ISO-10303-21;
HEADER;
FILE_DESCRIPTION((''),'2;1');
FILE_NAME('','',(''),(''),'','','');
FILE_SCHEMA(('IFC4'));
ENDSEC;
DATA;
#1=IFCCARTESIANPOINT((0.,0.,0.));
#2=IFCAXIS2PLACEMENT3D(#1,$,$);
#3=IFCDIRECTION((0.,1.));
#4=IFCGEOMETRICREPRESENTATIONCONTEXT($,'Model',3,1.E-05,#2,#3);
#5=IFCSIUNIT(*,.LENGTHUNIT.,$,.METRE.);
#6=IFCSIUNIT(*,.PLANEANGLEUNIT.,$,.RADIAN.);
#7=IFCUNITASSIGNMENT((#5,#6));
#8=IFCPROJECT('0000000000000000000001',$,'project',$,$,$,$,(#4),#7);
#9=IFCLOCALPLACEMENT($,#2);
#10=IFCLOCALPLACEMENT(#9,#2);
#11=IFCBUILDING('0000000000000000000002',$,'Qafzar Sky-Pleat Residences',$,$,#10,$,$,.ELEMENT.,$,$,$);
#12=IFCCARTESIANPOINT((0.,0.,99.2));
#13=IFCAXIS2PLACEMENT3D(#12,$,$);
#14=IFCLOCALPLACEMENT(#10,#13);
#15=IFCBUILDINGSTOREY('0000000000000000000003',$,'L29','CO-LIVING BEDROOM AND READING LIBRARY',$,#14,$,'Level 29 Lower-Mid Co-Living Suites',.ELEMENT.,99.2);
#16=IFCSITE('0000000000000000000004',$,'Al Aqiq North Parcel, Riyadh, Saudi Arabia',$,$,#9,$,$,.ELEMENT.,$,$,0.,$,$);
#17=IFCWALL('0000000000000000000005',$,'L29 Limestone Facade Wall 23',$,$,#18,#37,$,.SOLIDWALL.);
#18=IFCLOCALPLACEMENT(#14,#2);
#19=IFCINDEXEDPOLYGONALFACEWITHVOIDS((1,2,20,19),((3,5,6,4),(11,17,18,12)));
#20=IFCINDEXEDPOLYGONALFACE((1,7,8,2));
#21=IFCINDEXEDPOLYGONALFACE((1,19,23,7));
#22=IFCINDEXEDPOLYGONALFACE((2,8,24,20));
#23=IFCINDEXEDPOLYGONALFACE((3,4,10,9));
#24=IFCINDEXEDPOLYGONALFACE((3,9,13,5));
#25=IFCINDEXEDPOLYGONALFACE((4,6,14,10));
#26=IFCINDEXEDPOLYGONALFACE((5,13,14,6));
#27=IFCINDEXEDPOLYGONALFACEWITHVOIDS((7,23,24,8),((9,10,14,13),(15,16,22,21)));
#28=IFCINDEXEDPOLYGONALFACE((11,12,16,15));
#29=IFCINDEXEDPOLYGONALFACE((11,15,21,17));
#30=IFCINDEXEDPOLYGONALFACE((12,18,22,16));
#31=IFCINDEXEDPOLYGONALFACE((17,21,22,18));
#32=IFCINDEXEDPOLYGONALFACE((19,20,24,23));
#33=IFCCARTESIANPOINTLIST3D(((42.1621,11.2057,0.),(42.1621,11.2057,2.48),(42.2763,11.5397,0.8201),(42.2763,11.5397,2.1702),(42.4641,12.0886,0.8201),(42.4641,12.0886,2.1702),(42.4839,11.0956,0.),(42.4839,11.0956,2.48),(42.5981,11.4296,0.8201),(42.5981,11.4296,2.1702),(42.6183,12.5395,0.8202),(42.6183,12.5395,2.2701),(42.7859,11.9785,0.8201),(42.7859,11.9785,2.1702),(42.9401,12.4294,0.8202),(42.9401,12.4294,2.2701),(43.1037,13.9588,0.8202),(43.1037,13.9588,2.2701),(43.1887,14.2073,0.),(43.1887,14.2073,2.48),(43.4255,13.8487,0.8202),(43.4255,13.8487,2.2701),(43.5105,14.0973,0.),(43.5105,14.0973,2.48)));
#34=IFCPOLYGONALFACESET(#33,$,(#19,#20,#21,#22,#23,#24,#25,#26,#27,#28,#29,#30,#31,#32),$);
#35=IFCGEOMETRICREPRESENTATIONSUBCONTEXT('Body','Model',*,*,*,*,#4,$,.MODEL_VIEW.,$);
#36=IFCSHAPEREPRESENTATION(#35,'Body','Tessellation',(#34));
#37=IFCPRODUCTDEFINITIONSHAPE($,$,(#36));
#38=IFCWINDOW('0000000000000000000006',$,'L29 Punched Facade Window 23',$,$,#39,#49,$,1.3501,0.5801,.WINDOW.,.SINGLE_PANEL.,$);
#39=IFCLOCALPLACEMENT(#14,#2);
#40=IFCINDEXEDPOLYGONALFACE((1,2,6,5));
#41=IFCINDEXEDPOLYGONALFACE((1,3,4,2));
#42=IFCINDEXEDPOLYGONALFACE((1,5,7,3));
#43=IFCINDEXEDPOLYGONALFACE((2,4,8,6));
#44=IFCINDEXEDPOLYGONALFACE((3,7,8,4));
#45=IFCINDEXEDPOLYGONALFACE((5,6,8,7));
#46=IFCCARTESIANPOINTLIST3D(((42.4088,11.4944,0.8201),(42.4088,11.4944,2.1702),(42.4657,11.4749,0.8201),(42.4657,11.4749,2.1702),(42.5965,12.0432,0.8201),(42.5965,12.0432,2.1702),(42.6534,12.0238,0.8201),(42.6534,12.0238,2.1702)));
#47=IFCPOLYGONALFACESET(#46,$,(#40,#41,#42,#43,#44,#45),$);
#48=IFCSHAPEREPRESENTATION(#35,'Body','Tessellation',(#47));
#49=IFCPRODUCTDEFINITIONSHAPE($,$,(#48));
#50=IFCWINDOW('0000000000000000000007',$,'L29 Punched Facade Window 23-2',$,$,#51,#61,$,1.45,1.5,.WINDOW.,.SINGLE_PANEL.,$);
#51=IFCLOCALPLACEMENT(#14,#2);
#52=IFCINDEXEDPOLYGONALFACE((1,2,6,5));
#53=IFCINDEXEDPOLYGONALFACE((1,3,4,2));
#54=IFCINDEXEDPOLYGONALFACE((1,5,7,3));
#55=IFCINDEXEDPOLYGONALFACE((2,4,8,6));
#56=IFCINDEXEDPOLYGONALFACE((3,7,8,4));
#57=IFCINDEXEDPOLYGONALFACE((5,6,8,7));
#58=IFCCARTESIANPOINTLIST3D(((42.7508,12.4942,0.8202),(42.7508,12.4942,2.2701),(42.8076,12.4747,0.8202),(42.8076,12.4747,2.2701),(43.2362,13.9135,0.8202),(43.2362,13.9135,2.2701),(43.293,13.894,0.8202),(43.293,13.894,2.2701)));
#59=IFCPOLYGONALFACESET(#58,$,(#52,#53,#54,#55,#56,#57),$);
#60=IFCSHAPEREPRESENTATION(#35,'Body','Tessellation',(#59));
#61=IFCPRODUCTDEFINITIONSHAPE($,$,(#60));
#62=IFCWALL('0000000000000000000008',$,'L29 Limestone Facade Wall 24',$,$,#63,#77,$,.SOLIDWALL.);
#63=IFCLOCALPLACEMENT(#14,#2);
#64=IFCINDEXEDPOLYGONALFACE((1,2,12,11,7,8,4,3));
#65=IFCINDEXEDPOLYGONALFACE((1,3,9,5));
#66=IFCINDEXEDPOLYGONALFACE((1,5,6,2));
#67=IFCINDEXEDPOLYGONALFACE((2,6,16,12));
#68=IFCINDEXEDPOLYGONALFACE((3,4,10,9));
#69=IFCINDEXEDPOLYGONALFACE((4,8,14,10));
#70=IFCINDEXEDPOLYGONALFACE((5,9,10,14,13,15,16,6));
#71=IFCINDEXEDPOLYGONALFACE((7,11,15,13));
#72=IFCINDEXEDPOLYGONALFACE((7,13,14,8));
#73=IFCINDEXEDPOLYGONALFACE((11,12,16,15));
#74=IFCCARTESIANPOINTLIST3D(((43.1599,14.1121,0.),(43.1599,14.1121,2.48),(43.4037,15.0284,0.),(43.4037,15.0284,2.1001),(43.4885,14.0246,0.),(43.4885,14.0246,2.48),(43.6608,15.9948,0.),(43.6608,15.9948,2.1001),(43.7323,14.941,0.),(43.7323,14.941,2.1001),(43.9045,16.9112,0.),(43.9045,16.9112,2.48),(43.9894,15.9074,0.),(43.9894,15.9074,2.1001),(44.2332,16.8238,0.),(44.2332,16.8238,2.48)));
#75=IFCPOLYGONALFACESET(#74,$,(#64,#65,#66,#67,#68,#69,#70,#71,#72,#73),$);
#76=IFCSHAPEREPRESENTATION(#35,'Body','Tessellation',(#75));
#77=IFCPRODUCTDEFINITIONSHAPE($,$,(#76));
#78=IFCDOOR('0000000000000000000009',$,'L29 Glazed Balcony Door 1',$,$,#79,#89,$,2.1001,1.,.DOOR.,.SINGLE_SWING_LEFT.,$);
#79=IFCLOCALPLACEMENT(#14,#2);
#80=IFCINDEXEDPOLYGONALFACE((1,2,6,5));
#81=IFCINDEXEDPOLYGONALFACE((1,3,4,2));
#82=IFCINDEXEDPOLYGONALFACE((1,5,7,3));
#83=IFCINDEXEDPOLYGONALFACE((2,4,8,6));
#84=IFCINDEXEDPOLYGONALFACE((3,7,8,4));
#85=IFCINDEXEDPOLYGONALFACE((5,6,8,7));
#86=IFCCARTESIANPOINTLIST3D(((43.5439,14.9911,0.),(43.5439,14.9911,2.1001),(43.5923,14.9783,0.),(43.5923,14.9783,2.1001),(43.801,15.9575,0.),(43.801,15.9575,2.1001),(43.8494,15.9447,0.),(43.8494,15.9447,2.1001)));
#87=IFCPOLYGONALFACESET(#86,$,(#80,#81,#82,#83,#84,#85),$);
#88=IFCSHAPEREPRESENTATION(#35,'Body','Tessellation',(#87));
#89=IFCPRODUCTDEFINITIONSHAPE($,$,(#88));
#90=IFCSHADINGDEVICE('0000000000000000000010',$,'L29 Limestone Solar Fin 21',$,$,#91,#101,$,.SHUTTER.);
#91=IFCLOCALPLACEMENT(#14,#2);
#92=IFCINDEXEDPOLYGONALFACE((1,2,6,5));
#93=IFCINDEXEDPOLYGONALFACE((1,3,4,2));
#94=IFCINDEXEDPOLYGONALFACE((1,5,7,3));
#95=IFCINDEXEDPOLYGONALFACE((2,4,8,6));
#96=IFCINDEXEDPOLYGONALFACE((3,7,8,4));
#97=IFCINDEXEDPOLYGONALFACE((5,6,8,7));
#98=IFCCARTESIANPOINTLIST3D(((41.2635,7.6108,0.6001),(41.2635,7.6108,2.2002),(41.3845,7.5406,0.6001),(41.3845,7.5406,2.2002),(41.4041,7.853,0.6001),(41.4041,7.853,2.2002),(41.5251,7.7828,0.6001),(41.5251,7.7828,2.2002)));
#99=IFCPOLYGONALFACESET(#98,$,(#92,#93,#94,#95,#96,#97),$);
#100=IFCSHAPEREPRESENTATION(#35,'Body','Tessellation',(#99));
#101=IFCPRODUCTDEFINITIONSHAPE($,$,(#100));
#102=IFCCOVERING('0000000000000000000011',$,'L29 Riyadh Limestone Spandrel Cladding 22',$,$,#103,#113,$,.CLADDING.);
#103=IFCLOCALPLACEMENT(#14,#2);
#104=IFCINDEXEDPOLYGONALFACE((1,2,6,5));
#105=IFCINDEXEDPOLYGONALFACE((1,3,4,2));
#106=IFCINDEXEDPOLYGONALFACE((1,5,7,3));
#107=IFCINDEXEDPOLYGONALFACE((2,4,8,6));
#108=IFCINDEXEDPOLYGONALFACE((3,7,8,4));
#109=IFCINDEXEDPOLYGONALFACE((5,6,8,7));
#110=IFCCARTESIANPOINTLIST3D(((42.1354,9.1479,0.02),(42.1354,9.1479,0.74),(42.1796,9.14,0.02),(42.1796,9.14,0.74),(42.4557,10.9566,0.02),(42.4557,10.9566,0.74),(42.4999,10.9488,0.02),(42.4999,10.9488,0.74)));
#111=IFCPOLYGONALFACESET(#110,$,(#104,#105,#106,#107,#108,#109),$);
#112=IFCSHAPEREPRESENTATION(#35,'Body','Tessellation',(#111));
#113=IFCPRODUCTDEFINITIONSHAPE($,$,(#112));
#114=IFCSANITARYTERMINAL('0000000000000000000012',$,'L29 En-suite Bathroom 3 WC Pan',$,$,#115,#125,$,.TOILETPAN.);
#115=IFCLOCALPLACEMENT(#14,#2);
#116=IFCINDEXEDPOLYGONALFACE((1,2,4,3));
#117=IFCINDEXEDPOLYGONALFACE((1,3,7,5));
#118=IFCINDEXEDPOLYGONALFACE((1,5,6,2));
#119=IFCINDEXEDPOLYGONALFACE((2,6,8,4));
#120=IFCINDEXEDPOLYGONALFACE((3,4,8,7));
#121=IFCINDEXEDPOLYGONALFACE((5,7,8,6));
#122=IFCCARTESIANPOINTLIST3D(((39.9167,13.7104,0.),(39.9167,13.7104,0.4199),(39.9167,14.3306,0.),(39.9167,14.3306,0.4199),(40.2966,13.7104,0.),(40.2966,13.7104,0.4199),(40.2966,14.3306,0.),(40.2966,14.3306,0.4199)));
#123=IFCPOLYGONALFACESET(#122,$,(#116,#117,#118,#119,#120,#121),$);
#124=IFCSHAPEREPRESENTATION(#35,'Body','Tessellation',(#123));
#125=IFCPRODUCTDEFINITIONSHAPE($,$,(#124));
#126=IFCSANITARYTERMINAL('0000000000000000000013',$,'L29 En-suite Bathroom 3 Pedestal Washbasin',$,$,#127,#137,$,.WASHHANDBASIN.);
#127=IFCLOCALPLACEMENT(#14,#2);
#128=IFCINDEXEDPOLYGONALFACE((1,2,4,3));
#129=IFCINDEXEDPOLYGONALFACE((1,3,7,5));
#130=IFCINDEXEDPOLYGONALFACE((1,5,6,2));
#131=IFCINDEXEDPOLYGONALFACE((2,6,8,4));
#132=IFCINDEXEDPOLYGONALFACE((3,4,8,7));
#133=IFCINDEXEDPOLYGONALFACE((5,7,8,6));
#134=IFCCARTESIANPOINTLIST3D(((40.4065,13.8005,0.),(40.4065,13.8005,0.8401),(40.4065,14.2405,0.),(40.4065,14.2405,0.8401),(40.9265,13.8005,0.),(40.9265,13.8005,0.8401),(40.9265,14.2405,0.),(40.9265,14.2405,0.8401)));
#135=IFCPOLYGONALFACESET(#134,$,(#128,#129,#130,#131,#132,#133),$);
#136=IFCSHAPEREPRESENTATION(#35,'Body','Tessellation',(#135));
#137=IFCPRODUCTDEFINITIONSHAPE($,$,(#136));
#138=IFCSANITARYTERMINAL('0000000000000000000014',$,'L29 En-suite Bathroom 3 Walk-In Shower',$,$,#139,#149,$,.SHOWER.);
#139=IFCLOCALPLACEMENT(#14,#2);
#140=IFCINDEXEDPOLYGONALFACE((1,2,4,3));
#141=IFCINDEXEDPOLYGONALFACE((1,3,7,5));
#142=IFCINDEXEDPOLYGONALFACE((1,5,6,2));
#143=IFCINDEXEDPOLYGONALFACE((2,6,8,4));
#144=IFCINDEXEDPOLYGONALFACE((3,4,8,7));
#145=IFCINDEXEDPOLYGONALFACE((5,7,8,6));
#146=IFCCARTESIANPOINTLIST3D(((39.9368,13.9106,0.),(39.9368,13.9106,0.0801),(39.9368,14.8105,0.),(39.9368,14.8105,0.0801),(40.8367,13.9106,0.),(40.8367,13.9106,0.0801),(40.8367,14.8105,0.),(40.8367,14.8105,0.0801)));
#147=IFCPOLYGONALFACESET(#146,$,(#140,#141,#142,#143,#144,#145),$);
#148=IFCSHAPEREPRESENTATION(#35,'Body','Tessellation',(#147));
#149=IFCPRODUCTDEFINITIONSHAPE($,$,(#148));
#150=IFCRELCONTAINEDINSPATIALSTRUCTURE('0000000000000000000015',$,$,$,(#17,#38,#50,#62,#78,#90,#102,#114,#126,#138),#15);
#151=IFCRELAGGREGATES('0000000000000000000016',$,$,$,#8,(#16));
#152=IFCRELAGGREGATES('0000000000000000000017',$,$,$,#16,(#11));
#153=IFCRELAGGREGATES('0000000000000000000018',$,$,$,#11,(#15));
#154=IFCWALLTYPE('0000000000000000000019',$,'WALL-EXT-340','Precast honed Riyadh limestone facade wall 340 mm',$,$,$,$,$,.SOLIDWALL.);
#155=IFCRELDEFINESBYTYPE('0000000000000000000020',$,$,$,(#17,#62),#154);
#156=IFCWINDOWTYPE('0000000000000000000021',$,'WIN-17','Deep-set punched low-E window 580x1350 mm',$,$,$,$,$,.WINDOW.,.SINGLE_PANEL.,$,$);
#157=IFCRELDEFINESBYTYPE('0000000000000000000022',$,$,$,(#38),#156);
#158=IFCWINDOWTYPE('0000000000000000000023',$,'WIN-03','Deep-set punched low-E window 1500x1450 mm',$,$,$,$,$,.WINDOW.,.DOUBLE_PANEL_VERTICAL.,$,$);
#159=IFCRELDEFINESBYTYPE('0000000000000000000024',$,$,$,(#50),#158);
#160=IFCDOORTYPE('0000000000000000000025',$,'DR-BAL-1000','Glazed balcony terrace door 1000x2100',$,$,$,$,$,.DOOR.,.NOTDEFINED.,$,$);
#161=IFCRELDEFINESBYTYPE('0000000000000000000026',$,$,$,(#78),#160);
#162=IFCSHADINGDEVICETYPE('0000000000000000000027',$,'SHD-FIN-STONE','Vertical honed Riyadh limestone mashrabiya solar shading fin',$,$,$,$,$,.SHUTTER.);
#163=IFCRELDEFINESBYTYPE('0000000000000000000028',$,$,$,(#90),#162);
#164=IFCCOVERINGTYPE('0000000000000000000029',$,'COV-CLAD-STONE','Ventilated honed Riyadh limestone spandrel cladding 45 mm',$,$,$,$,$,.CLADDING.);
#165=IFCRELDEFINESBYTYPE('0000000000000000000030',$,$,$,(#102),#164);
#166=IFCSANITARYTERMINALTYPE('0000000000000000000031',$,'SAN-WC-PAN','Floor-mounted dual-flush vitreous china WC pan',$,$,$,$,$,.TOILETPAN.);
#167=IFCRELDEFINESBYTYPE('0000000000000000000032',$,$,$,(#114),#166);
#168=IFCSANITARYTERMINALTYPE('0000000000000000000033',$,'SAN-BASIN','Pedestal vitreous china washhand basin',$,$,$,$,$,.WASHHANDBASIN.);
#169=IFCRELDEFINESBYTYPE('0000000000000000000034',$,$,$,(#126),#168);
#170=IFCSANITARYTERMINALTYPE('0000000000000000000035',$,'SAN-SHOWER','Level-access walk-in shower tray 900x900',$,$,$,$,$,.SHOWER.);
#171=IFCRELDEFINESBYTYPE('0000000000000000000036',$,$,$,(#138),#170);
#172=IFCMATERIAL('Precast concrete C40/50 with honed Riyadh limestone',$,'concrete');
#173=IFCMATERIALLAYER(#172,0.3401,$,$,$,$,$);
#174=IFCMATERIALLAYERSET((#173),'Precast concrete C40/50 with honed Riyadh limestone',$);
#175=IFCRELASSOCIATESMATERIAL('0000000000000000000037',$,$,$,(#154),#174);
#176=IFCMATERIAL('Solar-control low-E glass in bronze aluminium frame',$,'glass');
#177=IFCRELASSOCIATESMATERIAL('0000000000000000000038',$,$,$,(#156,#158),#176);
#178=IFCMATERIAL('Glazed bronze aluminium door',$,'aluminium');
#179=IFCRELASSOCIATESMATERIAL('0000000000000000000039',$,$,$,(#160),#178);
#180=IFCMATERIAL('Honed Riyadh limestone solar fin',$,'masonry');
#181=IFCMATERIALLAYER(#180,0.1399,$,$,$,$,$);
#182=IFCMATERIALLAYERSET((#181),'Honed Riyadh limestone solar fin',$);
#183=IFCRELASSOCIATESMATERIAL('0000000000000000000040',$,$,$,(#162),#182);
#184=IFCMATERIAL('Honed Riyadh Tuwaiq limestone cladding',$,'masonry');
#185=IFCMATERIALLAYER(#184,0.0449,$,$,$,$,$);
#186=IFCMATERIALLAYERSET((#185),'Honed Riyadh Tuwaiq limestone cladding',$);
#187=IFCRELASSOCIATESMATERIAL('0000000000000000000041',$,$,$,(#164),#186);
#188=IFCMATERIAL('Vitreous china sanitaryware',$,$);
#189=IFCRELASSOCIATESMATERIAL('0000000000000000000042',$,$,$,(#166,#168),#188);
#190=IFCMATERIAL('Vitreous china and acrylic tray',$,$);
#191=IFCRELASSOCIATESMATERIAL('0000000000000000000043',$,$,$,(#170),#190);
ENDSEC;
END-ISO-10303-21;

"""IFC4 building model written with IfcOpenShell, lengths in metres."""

from ifc_helpers import new_model, si_unit, direction, frame, frame_2d, origin, origin_2d, place, context, subcontext, project, spatial, rectangle, extrude, source, transform, mapped, material, layer, layer_set, type_object, element, fill, save


model = new_model("IFC4")

# Units and contexts
model_context = context("Model", 3, precision=1e-05, world=origin(), true_north=direction((0.0, 1.0)))
body_context = subcontext(model_context, "Body", "Model", "MODEL_VIEW")
ifc_project = project(units=[si_unit("LENGTHUNIT", "METRE"), si_unit("PLANEANGLEUNIT", "RADIAN")], contexts=[model_context])

# Site, building, storey
site_placement = place(None, origin())
site = spatial("IfcSite", under=ifc_project, at=site_placement, Name="Al Aqiq North Parcel, Riyadh, Saudi Arabia", CompositionType="ELEMENT", RefElevation=0.0)
building_placement = place(site_placement, origin())
building = spatial("IfcBuilding", under=site, at=building_placement, Name="Qafzar Sky-Pleat Residences", CompositionType="ELEMENT")
storey_placement = place(building_placement, frame((0.0, 0.0, 99.2)))
storey = spatial("IfcBuildingStorey", under=building, at=storey_placement, Name="L29", Description="CO-LIVING BEDROOM AND READING LIBRARY", LongName="Level 29 Lower-Mid Co-Living Suites", CompositionType="ELEMENT", Elevation=99.2)

# Shared definitions
ifc_material_1 = material(Name="Precast concrete C40/50 with honed Riyadh limestone", Category="concrete")
ifc_layer_1 = layer(ifc_material_1, 0.3401)
ifc_layer_set_1 = layer_set([ifc_layer_1], Name="Precast concrete C40/50 with honed Riyadh limestone")
wall_type_1 = type_object("IfcWallType", Name="WALL-EXT-340", Description="Precast honed Riyadh limestone facade wall 340 mm", PredefinedType="SOLIDWALL", material=ifc_layer_set_1)
ifc_material_2 = material(Name="Solar-control low-E glass in bronze aluminium frame", Category="glass")

# Wall, openings, windows
wall_1_placement = place(storey_placement, frame((42.323, 11.1506, 0.0), z_axis=(0.0, 0.0, 1.0), x_axis=(0.323606, 0.946192, 0.0)))
wall_1 = element("IfcWall", 1, at=wall_1_placement, inside=storey, type_object=wall_type_1, Name="L29 Limestone Facade Wall 23", PredefinedType="SOLIDWALL", context=body_context, shape_type="SweptSolid", body=[
    extrude(rectangle(XDim=3.1724, YDim=0.3401, at=frame_2d((1.5862, 0.0))), origin(), (0.0, 0.0, 1.0), 2.48),
])
opening_1_placement = place(wall_1_placement, frame((0.353, 0.0, 0.8201)))
opening_1 = element("IfcOpeningElement", 2, at=opening_1_placement, cuts=wall_1, PredefinedType="OPENING", context=body_context, shape_type="SweptSolid", body=[
    extrude(rectangle(XDim=0.5801, YDim=1.3501, at=frame_2d((0.29, 0.675))), frame((0.0, 0.1802, 0.0), z_axis=(0.0, -1.0, 0.0), x_axis=(1.0, 0.0, 0.0)), (0.0, 0.0, 1.0), 0.3601),
])
opening_2_placement = place(wall_1_placement, frame((1.4097, 0.0, 0.8201)))
opening_2 = element("IfcOpeningElement", 3, at=opening_2_placement, cuts=wall_1, PredefinedType="OPENING", context=body_context, shape_type="SweptSolid", body=[
    extrude(rectangle(XDim=1.5, YDim=1.45, at=frame_2d((0.75, 0.7251))), frame((0.0, 0.1802, 0.0), z_axis=(0.0, -1.0, 0.0), x_axis=(1.0, 0.0, 0.0)), (0.0, 0.0, 1.0), 0.3601),
])
window_type_1 = type_object("IfcWindowType", Name="WIN-17", Description="Deep-set punched low-E window 580x1350 mm", PartitioningType="SINGLE_PANEL", PredefinedType="WINDOW", material=ifc_material_2)
shared_shape_1 = source(origin(), body_context, "Body", "SweptSolid", [
    extrude(rectangle(XDim=0.5801, YDim=1.3501, at=frame_2d((0.29, 0.675))), frame((0.0, 0.03, 0.0), z_axis=(0.0, -1.0, 0.0), x_axis=(1.0, 0.0, 0.0)), (0.0, 0.0, 1.0), 0.0601),
])
window_1_placement = place(opening_1_placement, origin())
window_1 = element("IfcWindow", 4, at=window_1_placement, inside=storey, type_object=window_type_1, Name="L29 Punched Facade Window 23", OverallHeight=1.3501, OverallWidth=0.5801, PartitioningType="SINGLE_PANEL", PredefinedType="WINDOW", context=body_context, shape_type="MappedRepresentation", body=[
    mapped(shared_shape_1, transform((0.0, 0.0, 0.0), x_axis=(1.0, 0.0, 0.0), y_axis=(0.0, 1.0, 0.0), z_axis=(0.0, 0.0, 1.0), scale=1.0)),
])
fill(opening_1, window_1)
window_type_2 = type_object("IfcWindowType", Name="WIN-03", Description="Deep-set punched low-E window 1500x1450 mm", PartitioningType="DOUBLE_PANEL_VERTICAL", PredefinedType="WINDOW", material=ifc_material_2)
shared_shape_2 = source(origin(), body_context, "Body", "SweptSolid", [
    extrude(rectangle(XDim=1.5, YDim=1.45, at=frame_2d((0.75, 0.7251))), frame((0.0, 0.03, 0.0), z_axis=(0.0, -1.0, 0.0), x_axis=(1.0, 0.0, 0.0)), (0.0, 0.0, 1.0), 0.0601),
])
window_2_placement = place(opening_2_placement, origin())
window_2 = element("IfcWindow", 5, at=window_2_placement, inside=storey, type_object=window_type_2, Name="L29 Punched Facade Window 23-2", OverallHeight=1.45, OverallWidth=1.5, PartitioningType="SINGLE_PANEL", PredefinedType="WINDOW", context=body_context, shape_type="MappedRepresentation", body=[
    mapped(shared_shape_2, transform((0.0, 0.0, 0.0), x_axis=(1.0, 0.0, 0.0), y_axis=(0.0, 1.0, 0.0), z_axis=(0.0, 0.0, 1.0), scale=1.0)),
])
fill(opening_2, window_2)

# Wall, opening, door
wall_2_placement = place(storey_placement, frame((43.3242, 14.0684, 0.0), z_axis=(0.0, 0.0, 1.0), x_axis=(0.257086, 0.966389, 0.0)))
wall_2 = element("IfcWall", 6, at=wall_2_placement, inside=storey, type_object=wall_type_1, Name="L29 Limestone Facade Wall 24", PredefinedType="SOLIDWALL", context=body_context, shape_type="SweptSolid", body=[
    extrude(rectangle(XDim=2.8965, YDim=0.3401, at=frame_2d((1.4482, 0.0))), origin(), (0.0, 0.0, 1.0), 2.48),
])
opening_3_placement = place(wall_2_placement, frame((0.9482, 0.0, 0.0)))
opening_3 = element("IfcOpeningElement", 7, at=opening_3_placement, cuts=wall_2, PredefinedType="OPENING", context=body_context, shape_type="SweptSolid", body=[
    extrude(rectangle(XDim=1.0, YDim=2.1001, at=frame_2d((0.5, 1.05))), frame((0.0, 0.1802, 0.0), z_axis=(0.0, -1.0, 0.0), x_axis=(1.0, 0.0, 0.0)), (0.0, 0.0, 1.0), 0.3601),
])
ifc_material_3 = material(Name="Glazed bronze aluminium door", Category="aluminium")
door_type_1 = type_object("IfcDoorType", Name="DR-BAL-1000", Description="Glazed balcony terrace door 1000x2100", OperationType="NOTDEFINED", PredefinedType="DOOR", material=ifc_material_3)
shared_shape_3 = source(origin(), body_context, "Body", "SweptSolid", [
    extrude(rectangle(XDim=1.0, YDim=2.1001, at=frame_2d((0.5, 1.05))), frame((0.0, 0.0249, 0.0), z_axis=(0.0, -1.0, 0.0), x_axis=(1.0, 0.0, 0.0)), (0.0, 0.0, 1.0), 0.05),
])
door_1_placement = place(opening_3_placement, origin())
door_1 = element("IfcDoor", 8, at=door_1_placement, inside=storey, type_object=door_type_1, Name="L29 Glazed Balcony Door 1", OperationType="SINGLE_SWING_LEFT", OverallHeight=2.1001, OverallWidth=1.0, PredefinedType="DOOR", context=body_context, shape_type="MappedRepresentation", body=[
    mapped(shared_shape_3, transform((0.0, 0.0, 0.0), x_axis=(1.0, 0.0, 0.0), y_axis=(0.0, 1.0, 0.0), z_axis=(0.0, 0.0, 1.0), scale=1.0)),
])
fill(opening_3, door_1)

# Shading device
ifc_material_4 = material(Name="Honed Riyadh limestone solar fin", Category="masonry")
ifc_layer_2 = layer(ifc_material_4, 0.1399)
ifc_layer_set_2 = layer_set([ifc_layer_2], Name="Honed Riyadh limestone solar fin")
shading_device_type = type_object("IfcShadingDeviceType", Name="SHD-FIN-STONE", Description="Vertical honed Riyadh limestone mashrabiya solar shading fin", PredefinedType="SHUTTER", material=ifc_layer_set_2)
shared_shape_4 = source(origin(), body_context, "Body", "SweptSolid", [
    extrude(rectangle(XDim=0.1399, YDim=0.28, at=origin_2d()), origin(), (0.0, 0.0, 1.0), 1.6001),
])
shading_device_placement = place(storey_placement, frame((41.3943, 7.6968, 0.6001), z_axis=(0.0, 0.0, 1.0), x_axis=(0.864887, -0.501967, 0.0)))
element("IfcShadingDevice", 9, at=shading_device_placement, inside=storey, type_object=shading_device_type, Name="L29 Limestone Solar Fin 21", PredefinedType="SHUTTER", context=body_context, shape_type="MappedRepresentation", body=[
    mapped(shared_shape_4, transform((0.0, 0.0, 0.0), x_axis=(1.0, 0.0, 0.0), y_axis=(0.0, 1.0, 0.0), z_axis=(0.0, 0.0, 1.0), scale=1.0)),
])

# Covering
ifc_material_5 = material(Name="Honed Riyadh Tuwaiq limestone cladding", Category="masonry")
ifc_layer_3 = layer(ifc_material_5, 0.0449)
ifc_layer_set_3 = layer_set([ifc_layer_3], Name="Honed Riyadh Tuwaiq limestone cladding")
covering_type = type_object("IfcCoveringType", Name="COV-CLAD-STONE", Description="Ventilated honed Riyadh limestone spandrel cladding 45 mm", PredefinedType="CLADDING", material=ifc_layer_set_3)
shared_shape_5 = source(origin(), body_context, "Body", "SweptSolid", [
    extrude(rectangle(XDim=1.8369, YDim=0.0449, at=origin_2d()), origin(), (0.0, 0.0, 1.0), 0.72),
])
covering_placement = place(storey_placement, frame((42.3176, 10.0483, 0.02), z_axis=(0.0, 0.0, 1.0), x_axis=(0.174369, 0.98468, 0.0)))
element("IfcCovering", 10, at=covering_placement, inside=storey, type_object=covering_type, Name="L29 Riyadh Limestone Spandrel Cladding 22", PredefinedType="CLADDING", context=body_context, shape_type="MappedRepresentation", body=[
    mapped(shared_shape_5, transform((0.0, 0.0, 0.0), x_axis=(1.0, 0.0, 0.0), y_axis=(0.0, 1.0, 0.0), z_axis=(0.0, 0.0, 1.0), scale=1.0)),
])

# Sanitary terminals
ifc_material_6 = material(Name="Vitreous china sanitaryware")
sanitary_terminal_type_1 = type_object("IfcSanitaryTerminalType", Name="SAN-WC-PAN", Description="Floor-mounted dual-flush vitreous china WC pan", PredefinedType="TOILETPAN", material=ifc_material_6)
shared_shape_6 = source(origin(), body_context, "Body", "SweptSolid", [
    extrude(rectangle(XDim=0.3799, YDim=0.6201, at=origin_2d()), origin(), (0.0, 0.0, 1.0), 0.4199),
])
sanitary_terminal_1_placement = place(storey_placement, frame((40.1067, 14.0205, 0.0), z_axis=(0.0, 0.0, 1.0), x_axis=(1.0, 0.0, 0.0)))
element("IfcSanitaryTerminal", 11, at=sanitary_terminal_1_placement, inside=storey, type_object=sanitary_terminal_type_1, Name="L29 En-suite Bathroom 3 WC Pan", PredefinedType="TOILETPAN", context=body_context, shape_type="MappedRepresentation", body=[
    mapped(shared_shape_6, transform((0.0, 0.0, 0.0), x_axis=(1.0, 0.0, 0.0), y_axis=(0.0, 1.0, 0.0), z_axis=(0.0, 0.0, 1.0), scale=1.0)),
])
sanitary_terminal_type_2 = type_object("IfcSanitaryTerminalType", Name="SAN-BASIN", Description="Pedestal vitreous china washhand basin", PredefinedType="WASHHANDBASIN", material=ifc_material_6)
shared_shape_7 = source(origin(), body_context, "Body", "SweptSolid", [
    extrude(rectangle(XDim=0.52, YDim=0.4399, at=origin_2d()), origin(), (0.0, 0.0, 1.0), 0.8401),
])
sanitary_terminal_2_placement = place(storey_placement, frame((40.6665, 14.0205, 0.0), z_axis=(0.0, 0.0, 1.0), x_axis=(1.0, 0.0, 0.0)))
element("IfcSanitaryTerminal", 12, at=sanitary_terminal_2_placement, inside=storey, type_object=sanitary_terminal_type_2, Name="L29 En-suite Bathroom 3 Pedestal Washbasin", PredefinedType="WASHHANDBASIN", context=body_context, shape_type="MappedRepresentation", body=[
    mapped(shared_shape_7, transform((0.0, 0.0, 0.0), x_axis=(1.0, 0.0, 0.0), y_axis=(0.0, 1.0, 0.0), z_axis=(0.0, 0.0, 1.0), scale=1.0)),
])
ifc_material_7 = material(Name="Vitreous china and acrylic tray")
sanitary_terminal_type_3 = type_object("IfcSanitaryTerminalType", Name="SAN-SHOWER", Description="Level-access walk-in shower tray 900x900", PredefinedType="SHOWER", material=ifc_material_7)
shared_shape_8 = source(origin(), body_context, "Body", "SweptSolid", [
    extrude(rectangle(XDim=0.8999, YDim=0.8999, at=origin_2d()), origin(), (0.0, 0.0, 1.0), 0.0801),
])
sanitary_terminal_3_placement = place(storey_placement, frame((40.3867, 14.3606, 0.0), z_axis=(0.0, 0.0, 1.0), x_axis=(1.0, 0.0, 0.0)))
element("IfcSanitaryTerminal", 13, at=sanitary_terminal_3_placement, inside=storey, type_object=sanitary_terminal_type_3, Name="L29 En-suite Bathroom 3 Walk-In Shower", PredefinedType="SHOWER", context=body_context, shape_type="MappedRepresentation", body=[
    mapped(shared_shape_8, transform((0.0, 0.0, 0.0), x_axis=(1.0, 0.0, 0.0), y_axis=(0.0, 1.0, 0.0), z_axis=(0.0, 0.0, 1.0), scale=1.0)),
])

save(model, "model.ifc")
